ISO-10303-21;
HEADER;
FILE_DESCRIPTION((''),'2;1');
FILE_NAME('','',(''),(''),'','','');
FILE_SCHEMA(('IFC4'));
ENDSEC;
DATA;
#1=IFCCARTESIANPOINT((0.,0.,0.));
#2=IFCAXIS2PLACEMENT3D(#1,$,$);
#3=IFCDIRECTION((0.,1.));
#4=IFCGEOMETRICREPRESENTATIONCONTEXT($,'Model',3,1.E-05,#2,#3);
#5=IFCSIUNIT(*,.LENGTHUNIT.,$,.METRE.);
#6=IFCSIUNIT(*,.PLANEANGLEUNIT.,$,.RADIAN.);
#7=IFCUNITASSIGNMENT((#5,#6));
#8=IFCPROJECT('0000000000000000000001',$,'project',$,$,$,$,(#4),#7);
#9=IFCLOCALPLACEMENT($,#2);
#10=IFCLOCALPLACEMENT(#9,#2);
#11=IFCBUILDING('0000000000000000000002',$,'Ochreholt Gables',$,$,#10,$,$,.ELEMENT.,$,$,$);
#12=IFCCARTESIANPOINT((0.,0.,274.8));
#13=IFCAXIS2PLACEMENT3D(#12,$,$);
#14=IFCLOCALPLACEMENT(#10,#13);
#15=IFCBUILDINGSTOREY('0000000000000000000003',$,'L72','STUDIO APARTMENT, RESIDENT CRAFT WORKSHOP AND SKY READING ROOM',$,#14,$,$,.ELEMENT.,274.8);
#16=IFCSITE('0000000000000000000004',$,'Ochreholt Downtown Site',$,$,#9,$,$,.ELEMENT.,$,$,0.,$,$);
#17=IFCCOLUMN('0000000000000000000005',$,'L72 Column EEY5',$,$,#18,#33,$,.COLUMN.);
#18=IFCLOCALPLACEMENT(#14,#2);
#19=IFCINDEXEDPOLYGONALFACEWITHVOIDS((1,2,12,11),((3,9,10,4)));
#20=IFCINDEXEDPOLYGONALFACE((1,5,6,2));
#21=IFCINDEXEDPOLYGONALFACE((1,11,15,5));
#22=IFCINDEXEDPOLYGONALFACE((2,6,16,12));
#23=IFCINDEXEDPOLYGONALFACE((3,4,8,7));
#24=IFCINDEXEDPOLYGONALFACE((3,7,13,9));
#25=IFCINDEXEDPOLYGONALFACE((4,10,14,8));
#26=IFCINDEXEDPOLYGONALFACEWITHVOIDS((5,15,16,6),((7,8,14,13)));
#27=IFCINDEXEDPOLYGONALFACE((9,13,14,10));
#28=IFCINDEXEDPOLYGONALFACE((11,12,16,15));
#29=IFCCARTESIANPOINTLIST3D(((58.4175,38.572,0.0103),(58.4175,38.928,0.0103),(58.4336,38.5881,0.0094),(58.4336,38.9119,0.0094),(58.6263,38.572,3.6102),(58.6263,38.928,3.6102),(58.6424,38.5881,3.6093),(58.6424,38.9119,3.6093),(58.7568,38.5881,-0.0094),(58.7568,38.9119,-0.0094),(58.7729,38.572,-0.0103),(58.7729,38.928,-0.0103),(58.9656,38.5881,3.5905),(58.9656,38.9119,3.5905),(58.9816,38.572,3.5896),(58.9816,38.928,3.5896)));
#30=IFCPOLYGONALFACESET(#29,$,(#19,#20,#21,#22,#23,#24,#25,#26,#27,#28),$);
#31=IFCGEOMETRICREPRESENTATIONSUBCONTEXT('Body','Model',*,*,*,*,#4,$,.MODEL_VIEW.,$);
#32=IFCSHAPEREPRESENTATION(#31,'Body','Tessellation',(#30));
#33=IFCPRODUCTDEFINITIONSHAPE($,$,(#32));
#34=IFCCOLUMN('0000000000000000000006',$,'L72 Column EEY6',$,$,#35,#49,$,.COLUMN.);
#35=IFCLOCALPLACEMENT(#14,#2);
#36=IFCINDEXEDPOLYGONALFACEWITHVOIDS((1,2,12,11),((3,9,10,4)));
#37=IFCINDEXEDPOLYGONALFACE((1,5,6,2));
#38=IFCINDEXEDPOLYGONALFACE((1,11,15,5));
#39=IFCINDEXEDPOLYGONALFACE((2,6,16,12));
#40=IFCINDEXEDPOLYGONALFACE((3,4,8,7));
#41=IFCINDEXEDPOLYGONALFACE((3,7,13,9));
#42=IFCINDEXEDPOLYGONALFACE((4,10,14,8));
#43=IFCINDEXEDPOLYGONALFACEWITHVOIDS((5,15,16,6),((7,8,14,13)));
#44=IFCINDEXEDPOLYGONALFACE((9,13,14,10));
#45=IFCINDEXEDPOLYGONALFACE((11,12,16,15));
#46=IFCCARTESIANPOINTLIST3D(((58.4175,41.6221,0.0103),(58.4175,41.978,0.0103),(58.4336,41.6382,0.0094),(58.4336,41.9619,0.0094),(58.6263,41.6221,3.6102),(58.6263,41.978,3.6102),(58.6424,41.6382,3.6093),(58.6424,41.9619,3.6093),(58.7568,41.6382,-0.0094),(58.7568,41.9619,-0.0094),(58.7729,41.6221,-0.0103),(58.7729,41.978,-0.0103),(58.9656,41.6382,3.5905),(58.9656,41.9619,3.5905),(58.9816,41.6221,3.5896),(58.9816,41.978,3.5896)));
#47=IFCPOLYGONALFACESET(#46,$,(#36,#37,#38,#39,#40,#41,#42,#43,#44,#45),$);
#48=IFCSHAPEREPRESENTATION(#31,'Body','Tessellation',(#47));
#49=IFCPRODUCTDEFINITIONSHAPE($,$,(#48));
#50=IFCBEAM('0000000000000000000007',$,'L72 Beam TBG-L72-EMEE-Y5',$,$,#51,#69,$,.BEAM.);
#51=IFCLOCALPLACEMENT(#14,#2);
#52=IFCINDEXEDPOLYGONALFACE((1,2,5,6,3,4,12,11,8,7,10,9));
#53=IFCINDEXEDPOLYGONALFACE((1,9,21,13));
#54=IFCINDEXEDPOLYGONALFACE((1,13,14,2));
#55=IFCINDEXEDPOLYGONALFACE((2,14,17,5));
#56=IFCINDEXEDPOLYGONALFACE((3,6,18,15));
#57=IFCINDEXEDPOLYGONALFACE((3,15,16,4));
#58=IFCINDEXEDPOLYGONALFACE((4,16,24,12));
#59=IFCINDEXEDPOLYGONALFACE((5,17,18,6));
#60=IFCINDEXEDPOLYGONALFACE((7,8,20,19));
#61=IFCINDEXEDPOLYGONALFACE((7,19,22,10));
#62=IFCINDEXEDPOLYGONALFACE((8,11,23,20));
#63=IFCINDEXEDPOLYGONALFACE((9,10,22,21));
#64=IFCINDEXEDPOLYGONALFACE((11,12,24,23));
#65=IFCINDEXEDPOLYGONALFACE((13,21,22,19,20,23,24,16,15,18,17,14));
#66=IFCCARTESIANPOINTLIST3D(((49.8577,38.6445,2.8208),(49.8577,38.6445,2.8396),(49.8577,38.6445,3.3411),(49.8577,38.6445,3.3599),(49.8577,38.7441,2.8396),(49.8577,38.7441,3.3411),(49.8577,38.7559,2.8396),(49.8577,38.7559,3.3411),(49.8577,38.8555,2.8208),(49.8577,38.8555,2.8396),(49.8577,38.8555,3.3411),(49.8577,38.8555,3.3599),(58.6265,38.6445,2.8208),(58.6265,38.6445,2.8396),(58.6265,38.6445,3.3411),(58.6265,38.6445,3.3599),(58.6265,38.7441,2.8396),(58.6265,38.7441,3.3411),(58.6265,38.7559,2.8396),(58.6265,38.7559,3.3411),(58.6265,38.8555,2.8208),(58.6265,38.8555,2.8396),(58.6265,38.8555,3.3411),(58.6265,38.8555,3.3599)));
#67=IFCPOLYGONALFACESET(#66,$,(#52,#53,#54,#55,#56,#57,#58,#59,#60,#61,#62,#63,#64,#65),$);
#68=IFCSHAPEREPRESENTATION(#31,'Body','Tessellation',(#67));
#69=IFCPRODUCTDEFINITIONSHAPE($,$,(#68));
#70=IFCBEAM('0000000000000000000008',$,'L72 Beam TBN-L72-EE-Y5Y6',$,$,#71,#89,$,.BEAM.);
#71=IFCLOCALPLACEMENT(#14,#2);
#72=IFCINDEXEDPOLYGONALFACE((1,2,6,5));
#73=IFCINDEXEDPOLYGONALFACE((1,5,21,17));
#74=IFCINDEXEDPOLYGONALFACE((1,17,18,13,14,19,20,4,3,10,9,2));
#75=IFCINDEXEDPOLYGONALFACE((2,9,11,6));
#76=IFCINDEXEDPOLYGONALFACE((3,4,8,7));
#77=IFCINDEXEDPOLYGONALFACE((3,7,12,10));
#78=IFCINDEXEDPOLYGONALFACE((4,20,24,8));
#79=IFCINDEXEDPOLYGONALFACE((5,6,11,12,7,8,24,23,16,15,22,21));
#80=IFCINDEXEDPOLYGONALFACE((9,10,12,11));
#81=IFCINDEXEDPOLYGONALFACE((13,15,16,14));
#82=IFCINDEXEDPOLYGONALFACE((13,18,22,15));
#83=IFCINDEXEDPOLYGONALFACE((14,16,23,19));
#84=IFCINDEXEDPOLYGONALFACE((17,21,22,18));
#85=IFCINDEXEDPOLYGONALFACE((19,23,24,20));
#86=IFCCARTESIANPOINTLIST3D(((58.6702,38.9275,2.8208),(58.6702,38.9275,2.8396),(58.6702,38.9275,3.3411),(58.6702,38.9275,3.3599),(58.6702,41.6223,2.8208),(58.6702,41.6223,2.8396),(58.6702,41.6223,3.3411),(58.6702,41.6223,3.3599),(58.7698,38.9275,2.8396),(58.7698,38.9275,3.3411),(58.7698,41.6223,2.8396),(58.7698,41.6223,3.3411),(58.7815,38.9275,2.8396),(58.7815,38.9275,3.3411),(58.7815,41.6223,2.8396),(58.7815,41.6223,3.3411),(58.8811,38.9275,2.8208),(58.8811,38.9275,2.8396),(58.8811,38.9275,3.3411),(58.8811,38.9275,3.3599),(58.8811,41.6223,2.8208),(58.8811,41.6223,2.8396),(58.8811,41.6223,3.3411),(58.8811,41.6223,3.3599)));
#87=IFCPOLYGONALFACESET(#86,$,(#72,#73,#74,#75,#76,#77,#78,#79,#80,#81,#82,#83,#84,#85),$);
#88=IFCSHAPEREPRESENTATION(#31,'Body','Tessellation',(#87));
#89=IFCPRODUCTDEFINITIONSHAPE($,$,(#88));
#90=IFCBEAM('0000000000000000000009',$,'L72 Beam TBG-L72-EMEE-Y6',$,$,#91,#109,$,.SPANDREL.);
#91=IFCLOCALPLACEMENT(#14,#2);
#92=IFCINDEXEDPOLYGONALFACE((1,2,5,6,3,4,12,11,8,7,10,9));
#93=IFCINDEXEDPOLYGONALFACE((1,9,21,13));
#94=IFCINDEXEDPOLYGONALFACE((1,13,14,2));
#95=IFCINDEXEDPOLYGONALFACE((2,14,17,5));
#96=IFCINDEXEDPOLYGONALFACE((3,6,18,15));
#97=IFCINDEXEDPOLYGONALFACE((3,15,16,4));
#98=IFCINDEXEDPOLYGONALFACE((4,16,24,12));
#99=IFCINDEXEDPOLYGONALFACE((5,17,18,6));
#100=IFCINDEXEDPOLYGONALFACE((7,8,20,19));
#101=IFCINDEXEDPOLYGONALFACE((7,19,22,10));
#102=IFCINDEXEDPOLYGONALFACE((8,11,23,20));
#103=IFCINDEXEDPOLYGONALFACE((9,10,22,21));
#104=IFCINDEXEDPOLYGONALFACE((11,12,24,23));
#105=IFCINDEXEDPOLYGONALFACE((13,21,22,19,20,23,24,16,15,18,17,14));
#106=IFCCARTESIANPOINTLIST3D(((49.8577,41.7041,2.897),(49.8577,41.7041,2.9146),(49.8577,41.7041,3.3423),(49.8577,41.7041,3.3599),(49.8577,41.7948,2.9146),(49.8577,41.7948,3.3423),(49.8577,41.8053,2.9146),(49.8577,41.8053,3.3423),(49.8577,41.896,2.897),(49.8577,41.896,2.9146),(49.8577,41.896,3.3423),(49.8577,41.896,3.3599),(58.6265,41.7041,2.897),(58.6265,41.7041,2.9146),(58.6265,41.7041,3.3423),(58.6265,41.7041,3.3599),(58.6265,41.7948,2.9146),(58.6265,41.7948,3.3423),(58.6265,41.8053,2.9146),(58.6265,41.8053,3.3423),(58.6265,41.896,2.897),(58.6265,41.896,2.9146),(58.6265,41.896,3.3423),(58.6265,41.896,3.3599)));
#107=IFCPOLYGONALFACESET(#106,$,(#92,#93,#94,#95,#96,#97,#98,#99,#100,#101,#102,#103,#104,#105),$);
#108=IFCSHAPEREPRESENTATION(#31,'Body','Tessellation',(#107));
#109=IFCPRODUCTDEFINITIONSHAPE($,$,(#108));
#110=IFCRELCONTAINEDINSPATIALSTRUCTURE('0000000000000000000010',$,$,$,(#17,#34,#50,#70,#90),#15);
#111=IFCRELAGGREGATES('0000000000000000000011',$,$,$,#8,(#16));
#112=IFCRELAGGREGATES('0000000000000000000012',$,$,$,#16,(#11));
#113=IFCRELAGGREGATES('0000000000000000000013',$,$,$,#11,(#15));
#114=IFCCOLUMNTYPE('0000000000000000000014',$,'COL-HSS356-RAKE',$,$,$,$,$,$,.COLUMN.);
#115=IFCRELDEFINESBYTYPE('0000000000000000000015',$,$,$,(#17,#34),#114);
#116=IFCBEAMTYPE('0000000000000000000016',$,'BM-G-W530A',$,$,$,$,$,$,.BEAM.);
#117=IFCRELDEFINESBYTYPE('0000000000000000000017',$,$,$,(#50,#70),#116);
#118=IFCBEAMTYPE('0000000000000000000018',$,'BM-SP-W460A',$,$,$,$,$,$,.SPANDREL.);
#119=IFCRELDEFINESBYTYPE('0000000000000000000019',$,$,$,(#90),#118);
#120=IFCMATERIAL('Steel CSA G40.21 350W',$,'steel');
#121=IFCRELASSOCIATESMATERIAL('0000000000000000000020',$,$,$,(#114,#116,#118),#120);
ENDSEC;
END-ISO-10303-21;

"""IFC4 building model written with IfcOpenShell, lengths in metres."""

from ifc_helpers import new_model, si_unit, direction, frame, origin, origin_2d, place, context, subcontext, project, spatial, hollow_rectangle, i_section, extrude, material, material_profile, profile_set, type_object, element, save


model = new_model("IFC4")

# Units and contexts
model_context = context("Model", 3, precision=1e-05, world=origin(), true_north=direction((0.0, 1.0)))
body_context = subcontext(model_context, "Body", "Model", "MODEL_VIEW")
ifc_project = project(units=[si_unit("LENGTHUNIT", "METRE"), si_unit("PLANEANGLEUNIT", "RADIAN")], contexts=[model_context])

# Site, building, storey
site_placement = place(None, origin())
site = spatial("IfcSite", under=ifc_project, at=site_placement, Name="Ochreholt Downtown Site", CompositionType="ELEMENT", RefElevation=0.0)
building_placement = place(site_placement, origin())
building = spatial("IfcBuilding", under=site, at=building_placement, Name="Ochreholt Gables", CompositionType="ELEMENT")
storey_placement = place(building_placement, frame((0.0, 0.0, 274.8)))
storey = spatial("IfcBuildingStorey", under=building, at=storey_placement, Name="L72", Description="STUDIO APARTMENT, RESIDENT CRAFT WORKSHOP AND SKY READING ROOM", CompositionType="ELEMENT", Elevation=274.8)

# Columns
ifc_material_1 = material(Name="Steel CSA G40.21 350W", Category="steel")
ifc_material_profile_1 = material_profile(ifc_material_1, hollow_rectangle(XDim=0.356, YDim=0.356, WallThickness=0.0161, at=origin_2d()), Name="HSS356X356X16")
ifc_profile_set_1 = profile_set([ifc_material_profile_1], Name="Steel CSA G40.21 350W")
column_type = type_object("IfcColumnType", Name="COL-HSS356-RAKE", PredefinedType="COLUMN", material=ifc_profile_set_1)
for number, where, z_axis, x_axis, name in (
    (1, (58.5952, 38.75, 0.0), (0.057889, 0.0, 0.998323), (0.0, 1.0, 0.0), "L72 Column EEY5"),
    (2, (58.5952, 41.8, 0.0), (0.057889, 0.0, 0.998323), (0.0, 1.0, 0.0), "L72 Column EEY6"),
):
    element("IfcColumn", number, at=place(storey_placement, frame(where, z_axis=z_axis, x_axis=x_axis)), inside=storey, type_object=column_type, Name=name, PredefinedType="COLUMN", context=body_context, shape_type="SweptSolid", body=[
        extrude(hollow_rectangle(XDim=0.356, YDim=0.356, WallThickness=0.0161, at=origin_2d()), origin(), (0.0, 0.0, 1.0), 3.606),
    ])

# Beams
ifc_material_profile_2 = material_profile(ifc_material_1, i_section(OverallWidth=0.2109, OverallDepth=0.5391, WebThickness=0.0117, FlangeThickness=0.0188, at=origin_2d()), Name="W530X109")
ifc_profile_set_2 = profile_set([ifc_material_profile_2], Name="Steel CSA G40.21 350W")
beam_type_1 = type_object("IfcBeamType", Name="BM-G-W530A", PredefinedType="BEAM", material=ifc_profile_set_2)
beam_1_placement = place(storey_placement, frame((49.8577, 38.75, 3.0903), z_axis=(1.0, 0.0, 0.0), x_axis=(0.0, 1.0, 0.0)))
element("IfcBeam", 3, at=beam_1_placement, inside=storey, type_object=beam_type_1, Name="L72 Beam TBG-L72-EMEE-Y5", PredefinedType="BEAM", context=body_context, shape_type="SweptSolid", body=[
    extrude(i_section(OverallWidth=0.2109, OverallDepth=0.5391, WebThickness=0.0117, FlangeThickness=0.0188, at=origin_2d()), origin(), (0.0, 0.0, 1.0), 8.7688),
])
beam_2_placement = place(storey_placement, frame((58.7756, 38.9275, 3.0903), z_axis=(0.0, 1.0, 0.0), x_axis=(-1.0, 0.0, 0.0)))
element("IfcBeam", 4, at=beam_2_placement, inside=storey, type_object=beam_type_1, Name="L72 Beam TBN-L72-EE-Y5Y6", PredefinedType="BEAM", context=body_context, shape_type="SweptSolid", body=[
    extrude(i_section(OverallWidth=0.2109, OverallDepth=0.5391, WebThickness=0.0117, FlangeThickness=0.0188, at=origin_2d()), origin(), (0.0, 0.0, 1.0), 2.6948),
])
ifc_material_profile_3 = material_profile(ifc_material_1, i_section(OverallWidth=0.1919, OverallDepth=0.4629, WebThickness=0.0105, FlangeThickness=0.0176, at=origin_2d()), Name="W460X89")
ifc_profile_set_3 = profile_set([ifc_material_profile_3], Name="Steel CSA G40.21 350W")
beam_type_2 = type_object("IfcBeamType", Name="BM-SP-W460A", PredefinedType="SPANDREL", material=ifc_profile_set_3)
beam_3_placement = place(storey_placement, frame((49.8577, 41.8, 3.1284), z_axis=(1.0, 0.0, 0.0), x_axis=(0.0, 1.0, 0.0)))
element("IfcBeam", 5, at=beam_3_placement, inside=storey, type_object=beam_type_2, Name="L72 Beam TBG-L72-EMEE-Y6", PredefinedType="SPANDREL", context=body_context, shape_type="SweptSolid", body=[
    extrude(i_section(OverallWidth=0.1919, OverallDepth=0.4629, WebThickness=0.0105, FlangeThickness=0.0176, at=origin_2d()), origin(), (0.0, 0.0, 1.0), 8.7688),
])

save(model, "model.ifc")
